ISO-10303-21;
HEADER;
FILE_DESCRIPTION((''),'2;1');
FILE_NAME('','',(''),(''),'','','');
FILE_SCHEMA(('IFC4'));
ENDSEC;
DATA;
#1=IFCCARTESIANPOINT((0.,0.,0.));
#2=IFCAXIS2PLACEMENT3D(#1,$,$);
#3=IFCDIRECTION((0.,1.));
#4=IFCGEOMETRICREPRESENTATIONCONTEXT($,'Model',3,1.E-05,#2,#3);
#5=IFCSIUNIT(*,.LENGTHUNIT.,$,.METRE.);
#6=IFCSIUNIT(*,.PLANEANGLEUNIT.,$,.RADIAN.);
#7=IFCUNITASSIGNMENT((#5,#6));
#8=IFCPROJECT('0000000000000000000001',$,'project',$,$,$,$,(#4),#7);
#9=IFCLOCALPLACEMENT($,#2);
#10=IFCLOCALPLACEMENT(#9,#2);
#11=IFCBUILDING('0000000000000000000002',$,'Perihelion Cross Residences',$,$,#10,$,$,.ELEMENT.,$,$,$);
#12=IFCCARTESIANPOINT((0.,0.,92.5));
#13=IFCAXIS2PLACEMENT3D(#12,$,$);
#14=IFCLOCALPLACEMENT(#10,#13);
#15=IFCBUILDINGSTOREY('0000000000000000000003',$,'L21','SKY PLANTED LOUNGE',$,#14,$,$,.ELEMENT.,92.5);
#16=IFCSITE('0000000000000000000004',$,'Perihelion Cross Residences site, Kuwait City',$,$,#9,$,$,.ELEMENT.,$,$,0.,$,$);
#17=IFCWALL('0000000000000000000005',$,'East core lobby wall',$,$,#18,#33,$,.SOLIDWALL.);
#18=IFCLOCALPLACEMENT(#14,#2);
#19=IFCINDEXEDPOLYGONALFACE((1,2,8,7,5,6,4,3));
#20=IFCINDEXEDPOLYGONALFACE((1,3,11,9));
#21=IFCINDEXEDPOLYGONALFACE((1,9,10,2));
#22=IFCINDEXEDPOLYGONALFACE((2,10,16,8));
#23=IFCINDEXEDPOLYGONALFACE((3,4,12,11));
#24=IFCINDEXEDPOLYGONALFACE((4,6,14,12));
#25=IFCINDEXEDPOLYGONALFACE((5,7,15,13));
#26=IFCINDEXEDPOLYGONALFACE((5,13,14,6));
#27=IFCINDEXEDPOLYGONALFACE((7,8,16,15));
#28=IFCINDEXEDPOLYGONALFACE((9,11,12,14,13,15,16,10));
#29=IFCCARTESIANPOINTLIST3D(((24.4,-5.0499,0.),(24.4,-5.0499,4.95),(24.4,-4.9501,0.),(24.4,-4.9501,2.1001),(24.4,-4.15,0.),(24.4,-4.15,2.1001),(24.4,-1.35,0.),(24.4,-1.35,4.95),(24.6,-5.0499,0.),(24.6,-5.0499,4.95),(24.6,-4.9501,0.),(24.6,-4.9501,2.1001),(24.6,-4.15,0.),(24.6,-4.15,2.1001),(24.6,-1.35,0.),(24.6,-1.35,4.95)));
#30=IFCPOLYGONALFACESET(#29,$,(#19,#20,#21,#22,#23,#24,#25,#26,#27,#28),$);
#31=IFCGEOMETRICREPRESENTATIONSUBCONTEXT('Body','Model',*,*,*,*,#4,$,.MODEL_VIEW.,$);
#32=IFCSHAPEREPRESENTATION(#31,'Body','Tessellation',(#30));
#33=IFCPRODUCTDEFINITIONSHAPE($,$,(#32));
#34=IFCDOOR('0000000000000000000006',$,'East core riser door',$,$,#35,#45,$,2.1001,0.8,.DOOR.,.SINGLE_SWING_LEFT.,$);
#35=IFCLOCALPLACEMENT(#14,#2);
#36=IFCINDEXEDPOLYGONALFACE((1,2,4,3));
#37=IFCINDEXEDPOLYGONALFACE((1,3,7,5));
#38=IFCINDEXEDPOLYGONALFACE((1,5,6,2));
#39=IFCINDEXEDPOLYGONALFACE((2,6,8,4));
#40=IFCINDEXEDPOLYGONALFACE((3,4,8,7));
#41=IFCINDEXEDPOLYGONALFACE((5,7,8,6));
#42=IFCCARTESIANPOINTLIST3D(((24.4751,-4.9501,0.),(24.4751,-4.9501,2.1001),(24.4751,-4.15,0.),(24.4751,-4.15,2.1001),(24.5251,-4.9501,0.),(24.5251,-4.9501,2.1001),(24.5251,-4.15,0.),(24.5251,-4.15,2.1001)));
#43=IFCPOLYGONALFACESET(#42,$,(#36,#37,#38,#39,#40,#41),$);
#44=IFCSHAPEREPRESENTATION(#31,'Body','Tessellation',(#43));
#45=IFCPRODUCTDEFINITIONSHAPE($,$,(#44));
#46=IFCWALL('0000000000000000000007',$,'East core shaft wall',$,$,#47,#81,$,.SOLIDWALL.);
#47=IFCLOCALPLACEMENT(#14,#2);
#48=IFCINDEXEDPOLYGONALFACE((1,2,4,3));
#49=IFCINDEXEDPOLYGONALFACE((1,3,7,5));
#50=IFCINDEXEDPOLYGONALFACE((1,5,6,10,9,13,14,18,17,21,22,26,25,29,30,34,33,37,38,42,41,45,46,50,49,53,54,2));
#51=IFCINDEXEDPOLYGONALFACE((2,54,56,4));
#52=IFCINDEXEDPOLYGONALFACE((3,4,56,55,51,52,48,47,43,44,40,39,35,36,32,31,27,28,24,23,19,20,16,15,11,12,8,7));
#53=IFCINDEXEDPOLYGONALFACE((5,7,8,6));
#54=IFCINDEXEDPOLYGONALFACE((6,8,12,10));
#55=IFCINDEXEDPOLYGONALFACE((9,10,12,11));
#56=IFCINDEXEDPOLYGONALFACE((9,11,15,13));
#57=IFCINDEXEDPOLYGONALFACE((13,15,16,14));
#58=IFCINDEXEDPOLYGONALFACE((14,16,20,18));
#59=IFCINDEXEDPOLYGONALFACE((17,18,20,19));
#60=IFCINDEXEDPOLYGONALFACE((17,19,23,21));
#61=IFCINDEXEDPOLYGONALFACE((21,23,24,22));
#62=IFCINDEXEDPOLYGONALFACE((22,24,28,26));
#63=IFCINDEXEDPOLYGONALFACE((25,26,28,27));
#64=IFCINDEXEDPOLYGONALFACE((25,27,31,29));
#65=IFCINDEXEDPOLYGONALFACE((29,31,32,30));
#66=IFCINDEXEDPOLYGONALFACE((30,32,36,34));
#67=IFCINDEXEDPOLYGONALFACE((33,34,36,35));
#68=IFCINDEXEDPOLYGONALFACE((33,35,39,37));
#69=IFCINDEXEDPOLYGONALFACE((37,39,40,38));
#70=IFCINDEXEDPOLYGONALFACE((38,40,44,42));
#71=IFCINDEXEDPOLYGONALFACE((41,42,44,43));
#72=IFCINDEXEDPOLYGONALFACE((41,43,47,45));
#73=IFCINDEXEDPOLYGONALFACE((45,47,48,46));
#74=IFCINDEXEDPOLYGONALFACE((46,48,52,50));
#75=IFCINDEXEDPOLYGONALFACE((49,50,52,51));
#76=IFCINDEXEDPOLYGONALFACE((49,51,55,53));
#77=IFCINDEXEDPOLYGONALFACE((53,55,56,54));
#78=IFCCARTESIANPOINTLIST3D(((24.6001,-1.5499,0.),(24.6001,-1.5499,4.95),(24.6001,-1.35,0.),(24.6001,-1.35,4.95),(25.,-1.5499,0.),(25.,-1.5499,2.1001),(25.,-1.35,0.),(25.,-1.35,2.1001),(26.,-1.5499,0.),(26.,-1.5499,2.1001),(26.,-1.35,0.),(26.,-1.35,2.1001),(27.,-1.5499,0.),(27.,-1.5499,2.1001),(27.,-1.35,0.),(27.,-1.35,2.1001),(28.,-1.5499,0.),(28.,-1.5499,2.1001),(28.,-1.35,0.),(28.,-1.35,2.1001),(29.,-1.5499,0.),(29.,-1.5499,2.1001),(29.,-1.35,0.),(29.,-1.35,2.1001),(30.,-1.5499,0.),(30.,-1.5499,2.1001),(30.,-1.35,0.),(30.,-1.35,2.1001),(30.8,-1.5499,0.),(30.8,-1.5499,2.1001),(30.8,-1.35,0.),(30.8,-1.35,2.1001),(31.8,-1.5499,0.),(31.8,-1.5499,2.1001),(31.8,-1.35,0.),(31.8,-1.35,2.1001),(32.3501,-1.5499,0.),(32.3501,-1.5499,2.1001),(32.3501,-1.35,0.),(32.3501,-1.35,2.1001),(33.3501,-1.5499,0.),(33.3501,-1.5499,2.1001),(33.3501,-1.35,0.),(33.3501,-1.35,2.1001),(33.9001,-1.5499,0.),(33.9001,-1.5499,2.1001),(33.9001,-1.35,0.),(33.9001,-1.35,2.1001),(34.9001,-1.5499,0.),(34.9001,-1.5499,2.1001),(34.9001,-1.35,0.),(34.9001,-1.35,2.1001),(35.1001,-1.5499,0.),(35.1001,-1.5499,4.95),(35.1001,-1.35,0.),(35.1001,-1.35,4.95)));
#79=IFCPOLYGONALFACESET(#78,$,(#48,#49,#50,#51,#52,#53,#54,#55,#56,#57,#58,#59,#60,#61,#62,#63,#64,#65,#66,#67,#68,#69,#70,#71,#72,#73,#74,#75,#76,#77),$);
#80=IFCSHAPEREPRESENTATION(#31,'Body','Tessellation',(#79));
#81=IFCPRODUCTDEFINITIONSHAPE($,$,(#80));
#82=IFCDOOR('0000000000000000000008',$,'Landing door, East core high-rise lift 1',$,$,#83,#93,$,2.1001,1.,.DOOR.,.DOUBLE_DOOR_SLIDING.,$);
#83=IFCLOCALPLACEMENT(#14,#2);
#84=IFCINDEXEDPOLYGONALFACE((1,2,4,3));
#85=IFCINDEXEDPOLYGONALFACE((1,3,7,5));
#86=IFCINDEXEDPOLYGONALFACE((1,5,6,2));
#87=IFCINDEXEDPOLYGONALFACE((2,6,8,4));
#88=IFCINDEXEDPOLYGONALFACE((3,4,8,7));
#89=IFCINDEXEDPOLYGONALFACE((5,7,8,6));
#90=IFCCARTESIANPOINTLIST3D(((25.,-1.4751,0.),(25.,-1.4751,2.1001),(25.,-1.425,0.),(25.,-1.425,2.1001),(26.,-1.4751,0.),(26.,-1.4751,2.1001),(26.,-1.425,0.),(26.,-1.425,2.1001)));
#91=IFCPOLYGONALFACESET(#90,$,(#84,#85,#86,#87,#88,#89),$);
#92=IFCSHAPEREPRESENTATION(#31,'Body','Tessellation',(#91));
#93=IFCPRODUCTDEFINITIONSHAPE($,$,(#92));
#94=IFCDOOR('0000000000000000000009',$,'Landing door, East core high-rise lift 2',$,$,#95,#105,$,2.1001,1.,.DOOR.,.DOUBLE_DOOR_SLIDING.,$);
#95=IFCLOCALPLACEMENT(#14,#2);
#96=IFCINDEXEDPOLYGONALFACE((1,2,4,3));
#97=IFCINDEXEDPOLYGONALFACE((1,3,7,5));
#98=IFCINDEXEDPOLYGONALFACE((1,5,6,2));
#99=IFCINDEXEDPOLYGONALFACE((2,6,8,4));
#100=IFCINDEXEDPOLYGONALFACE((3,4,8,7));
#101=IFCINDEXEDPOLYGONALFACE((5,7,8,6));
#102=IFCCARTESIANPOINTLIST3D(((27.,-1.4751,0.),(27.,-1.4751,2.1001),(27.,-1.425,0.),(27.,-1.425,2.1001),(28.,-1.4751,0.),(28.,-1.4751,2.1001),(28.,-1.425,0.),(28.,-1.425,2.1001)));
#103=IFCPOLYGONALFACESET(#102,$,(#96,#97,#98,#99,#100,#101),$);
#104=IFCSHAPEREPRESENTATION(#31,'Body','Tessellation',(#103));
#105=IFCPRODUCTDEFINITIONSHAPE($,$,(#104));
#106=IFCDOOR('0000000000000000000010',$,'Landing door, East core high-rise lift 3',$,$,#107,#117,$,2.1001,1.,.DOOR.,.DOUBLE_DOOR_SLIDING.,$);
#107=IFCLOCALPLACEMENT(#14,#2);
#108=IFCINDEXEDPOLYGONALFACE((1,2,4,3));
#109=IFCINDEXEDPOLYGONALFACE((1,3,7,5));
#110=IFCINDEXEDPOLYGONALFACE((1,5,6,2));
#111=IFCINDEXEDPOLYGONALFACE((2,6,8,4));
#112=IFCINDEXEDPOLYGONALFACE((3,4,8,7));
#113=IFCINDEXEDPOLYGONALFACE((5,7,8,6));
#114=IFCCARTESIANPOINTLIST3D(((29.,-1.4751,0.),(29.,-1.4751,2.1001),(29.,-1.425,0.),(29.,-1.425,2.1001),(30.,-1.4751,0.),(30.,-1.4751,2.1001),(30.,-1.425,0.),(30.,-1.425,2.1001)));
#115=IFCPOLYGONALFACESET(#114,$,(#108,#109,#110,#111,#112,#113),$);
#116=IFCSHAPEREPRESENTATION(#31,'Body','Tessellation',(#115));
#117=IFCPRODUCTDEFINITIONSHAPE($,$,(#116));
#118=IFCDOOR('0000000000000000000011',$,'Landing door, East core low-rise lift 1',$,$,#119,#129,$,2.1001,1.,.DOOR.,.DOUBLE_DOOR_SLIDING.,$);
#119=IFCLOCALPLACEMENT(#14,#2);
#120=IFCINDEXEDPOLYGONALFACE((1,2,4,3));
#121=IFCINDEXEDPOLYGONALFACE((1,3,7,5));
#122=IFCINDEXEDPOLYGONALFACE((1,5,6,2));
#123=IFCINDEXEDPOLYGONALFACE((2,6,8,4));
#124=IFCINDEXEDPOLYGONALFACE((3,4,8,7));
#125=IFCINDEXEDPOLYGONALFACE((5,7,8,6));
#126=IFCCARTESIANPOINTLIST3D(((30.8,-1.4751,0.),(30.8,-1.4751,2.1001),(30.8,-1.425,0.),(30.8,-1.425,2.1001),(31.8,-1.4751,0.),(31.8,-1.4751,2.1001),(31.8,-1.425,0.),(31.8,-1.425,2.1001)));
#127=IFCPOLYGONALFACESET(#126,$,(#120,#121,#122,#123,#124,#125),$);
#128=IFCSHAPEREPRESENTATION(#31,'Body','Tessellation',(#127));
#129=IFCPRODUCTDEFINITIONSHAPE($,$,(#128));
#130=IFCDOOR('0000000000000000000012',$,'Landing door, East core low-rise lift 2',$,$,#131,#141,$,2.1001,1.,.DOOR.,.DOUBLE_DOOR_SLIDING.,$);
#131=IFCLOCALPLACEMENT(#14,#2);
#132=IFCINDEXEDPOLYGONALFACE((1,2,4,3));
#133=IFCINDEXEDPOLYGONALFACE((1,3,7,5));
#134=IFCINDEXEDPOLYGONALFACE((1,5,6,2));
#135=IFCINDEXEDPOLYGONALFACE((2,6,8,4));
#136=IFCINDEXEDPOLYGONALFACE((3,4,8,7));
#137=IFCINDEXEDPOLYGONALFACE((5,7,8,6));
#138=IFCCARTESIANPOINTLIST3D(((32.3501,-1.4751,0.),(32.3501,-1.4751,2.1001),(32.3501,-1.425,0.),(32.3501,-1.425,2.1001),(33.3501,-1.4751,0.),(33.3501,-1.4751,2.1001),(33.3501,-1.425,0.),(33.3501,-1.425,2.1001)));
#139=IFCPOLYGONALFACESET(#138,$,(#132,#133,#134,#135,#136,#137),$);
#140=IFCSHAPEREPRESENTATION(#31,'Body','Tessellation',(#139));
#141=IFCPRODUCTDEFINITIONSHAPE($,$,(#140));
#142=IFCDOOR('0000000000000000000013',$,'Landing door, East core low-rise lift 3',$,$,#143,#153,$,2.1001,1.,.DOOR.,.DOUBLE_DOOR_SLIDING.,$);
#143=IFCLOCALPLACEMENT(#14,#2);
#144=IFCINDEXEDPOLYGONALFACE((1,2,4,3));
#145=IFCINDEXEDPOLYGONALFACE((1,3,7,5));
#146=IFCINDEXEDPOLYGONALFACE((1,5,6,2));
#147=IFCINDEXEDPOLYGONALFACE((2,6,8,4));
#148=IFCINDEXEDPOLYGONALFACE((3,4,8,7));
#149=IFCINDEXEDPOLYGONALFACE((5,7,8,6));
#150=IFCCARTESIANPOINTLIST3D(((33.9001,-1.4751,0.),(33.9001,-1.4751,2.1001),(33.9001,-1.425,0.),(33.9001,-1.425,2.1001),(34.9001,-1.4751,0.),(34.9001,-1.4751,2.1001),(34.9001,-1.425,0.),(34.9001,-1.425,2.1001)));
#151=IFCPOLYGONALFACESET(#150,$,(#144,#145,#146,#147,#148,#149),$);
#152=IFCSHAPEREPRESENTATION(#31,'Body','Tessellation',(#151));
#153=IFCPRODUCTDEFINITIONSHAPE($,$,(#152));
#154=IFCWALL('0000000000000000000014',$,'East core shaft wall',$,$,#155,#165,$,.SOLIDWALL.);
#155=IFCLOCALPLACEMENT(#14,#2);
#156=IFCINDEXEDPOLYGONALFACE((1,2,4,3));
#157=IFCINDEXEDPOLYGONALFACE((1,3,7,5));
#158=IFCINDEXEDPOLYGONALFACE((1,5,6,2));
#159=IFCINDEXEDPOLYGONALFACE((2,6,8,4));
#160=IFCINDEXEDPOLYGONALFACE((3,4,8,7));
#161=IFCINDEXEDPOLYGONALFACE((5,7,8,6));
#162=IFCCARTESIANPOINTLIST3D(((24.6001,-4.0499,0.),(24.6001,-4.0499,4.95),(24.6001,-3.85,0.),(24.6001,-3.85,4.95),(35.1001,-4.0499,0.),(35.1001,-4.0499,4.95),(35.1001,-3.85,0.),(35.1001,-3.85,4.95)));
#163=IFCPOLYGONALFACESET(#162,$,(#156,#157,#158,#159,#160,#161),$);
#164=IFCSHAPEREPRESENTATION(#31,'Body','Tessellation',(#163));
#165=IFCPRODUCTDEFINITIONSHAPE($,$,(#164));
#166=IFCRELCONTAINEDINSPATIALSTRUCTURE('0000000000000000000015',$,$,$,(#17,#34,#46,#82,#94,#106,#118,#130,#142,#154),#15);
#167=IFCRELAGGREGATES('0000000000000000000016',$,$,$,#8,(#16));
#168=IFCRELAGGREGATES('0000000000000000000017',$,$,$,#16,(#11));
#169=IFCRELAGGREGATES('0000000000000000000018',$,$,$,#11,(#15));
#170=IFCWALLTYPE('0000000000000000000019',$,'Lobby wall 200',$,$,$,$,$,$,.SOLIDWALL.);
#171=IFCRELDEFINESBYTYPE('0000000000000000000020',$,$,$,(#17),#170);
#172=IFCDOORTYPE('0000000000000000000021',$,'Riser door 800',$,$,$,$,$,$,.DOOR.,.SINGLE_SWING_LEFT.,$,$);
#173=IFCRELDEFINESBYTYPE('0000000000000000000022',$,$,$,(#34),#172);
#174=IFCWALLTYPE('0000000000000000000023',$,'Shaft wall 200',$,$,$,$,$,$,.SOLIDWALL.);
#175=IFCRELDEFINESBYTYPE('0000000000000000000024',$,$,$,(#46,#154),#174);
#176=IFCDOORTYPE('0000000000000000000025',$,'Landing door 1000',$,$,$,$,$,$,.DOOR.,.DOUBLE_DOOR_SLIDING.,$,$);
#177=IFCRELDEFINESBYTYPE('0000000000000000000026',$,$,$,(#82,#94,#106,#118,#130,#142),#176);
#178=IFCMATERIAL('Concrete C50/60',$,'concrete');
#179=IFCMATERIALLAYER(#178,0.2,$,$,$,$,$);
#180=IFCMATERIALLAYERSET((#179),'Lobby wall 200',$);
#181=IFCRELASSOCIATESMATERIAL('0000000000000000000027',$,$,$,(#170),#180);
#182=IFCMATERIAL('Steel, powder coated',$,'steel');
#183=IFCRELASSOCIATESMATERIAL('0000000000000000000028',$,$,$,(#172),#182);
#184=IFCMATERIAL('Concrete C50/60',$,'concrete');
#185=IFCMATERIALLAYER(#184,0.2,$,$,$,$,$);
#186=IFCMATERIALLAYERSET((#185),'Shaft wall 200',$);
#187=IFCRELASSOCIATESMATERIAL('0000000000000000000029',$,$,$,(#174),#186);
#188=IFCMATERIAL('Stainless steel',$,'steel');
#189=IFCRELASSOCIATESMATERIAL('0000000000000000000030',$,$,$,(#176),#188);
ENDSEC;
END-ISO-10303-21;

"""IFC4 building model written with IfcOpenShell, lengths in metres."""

from ifc_helpers import new_model, si_unit, direction, frame, frame_2d, origin, place, context, subcontext, project, spatial, rectangle, extrude, material, layer, layer_set, type_object, element, fill, save


model = new_model("IFC4")

# Units and contexts
model_context = context("Model", 3, precision=1e-05, world=origin(), true_north=direction((0.0, 1.0)))
body_context = subcontext(model_context, "Body", "Model", "MODEL_VIEW")
ifc_project = project(units=[si_unit("LENGTHUNIT", "METRE"), si_unit("PLANEANGLEUNIT", "RADIAN")], contexts=[model_context])

# Site, building, storey
site_placement = place(None, origin())
site = spatial("IfcSite", under=ifc_project, at=site_placement, Name="Perihelion Cross Residences site, Kuwait City", CompositionType="ELEMENT", RefElevation=0.0)
building_placement = place(site_placement, origin())
building = spatial("IfcBuilding", under=site, at=building_placement, Name="Perihelion Cross Residences", CompositionType="ELEMENT")
storey_placement = place(building_placement, frame((0.0, 0.0, 92.5)))
storey = spatial("IfcBuildingStorey", under=building, at=storey_placement, Name="L21", Description="SKY PLANTED LOUNGE", CompositionType="ELEMENT", Elevation=92.5)

# Wall, opening, door
ifc_material_1 = material(Name="Concrete C50/60", Category="concrete")
ifc_layer_1 = layer(ifc_material_1, 0.2)
ifc_layer_set_1 = layer_set([ifc_layer_1], Name="Lobby wall 200")
wall_type_1 = type_object("IfcWallType", Name="Lobby wall 200", PredefinedType="SOLIDWALL", material=ifc_layer_set_1)
wall_1_placement = place(storey_placement, frame((24.5, -5.05, 0.0), z_axis=(0.0, 0.0, 1.0), x_axis=(0.0, 1.0, 0.0)))
wall_1 = element("IfcWall", 1, at=wall_1_placement, inside=storey, type_object=wall_type_1, Name="East core lobby wall", PredefinedType="SOLIDWALL", context=body_context, shape_type="SweptSolid", body=[
    extrude(rectangle(XDim=3.7, YDim=0.2, at=frame_2d((1.8501, 0.0))), origin(), (0.0, 0.0, 1.0), 4.95),
])
opening_1_placement = place(wall_1_placement, frame((0.1001, 0.0, 0.0)))
opening_1 = element("IfcOpeningElement", 2, at=opening_1_placement, cuts=wall_1, PredefinedType="OPENING", context=body_context, shape_type="SweptSolid", body=[
    extrude(rectangle(XDim=0.8, YDim=2.1001, at=frame_2d((0.3999, 1.05))), frame((0.0, 0.1099, 0.0), z_axis=(0.0, -1.0, 0.0), x_axis=(1.0, 0.0, 0.0)), (0.0, 0.0, 1.0), 0.22),
])
ifc_material_2 = material(Name="Steel, powder coated", Category="steel")
door_type_1 = type_object("IfcDoorType", Name="Riser door 800", OperationType="SINGLE_SWING_LEFT", PredefinedType="DOOR", material=ifc_material_2)
door_1_placement = place(opening_1_placement, origin())
door_1 = element("IfcDoor", 3, at=door_1_placement, inside=storey, type_object=door_type_1, Name="East core riser door", OperationType="SINGLE_SWING_LEFT", OverallHeight=2.1001, OverallWidth=0.8, PredefinedType="DOOR", context=body_context, shape_type="SweptSolid", body=[
    extrude(rectangle(XDim=0.8, YDim=2.1001, at=frame_2d((0.3999, 1.05))), frame((0.0, 0.0249, 0.0), z_axis=(0.0, -1.0, 0.0), x_axis=(1.0, 0.0, 0.0)), (0.0, 0.0, 1.0), 0.05),
])
fill(opening_1, door_1)

# Wall, openings, doors
ifc_material_3 = material(Name="Concrete C50/60", Category="concrete")
ifc_layer_2 = layer(ifc_material_3, 0.2)
ifc_layer_set_2 = layer_set([ifc_layer_2], Name="Shaft wall 200")
wall_type_2 = type_object("IfcWallType", Name="Shaft wall 200", PredefinedType="SOLIDWALL", material=ifc_layer_set_2)
wall_2_placement = place(storey_placement, frame((24.6001, -1.45, 0.0), z_axis=(0.0, 0.0, 1.0), x_axis=(1.0, 0.0, 0.0)))
wall_2 = element("IfcWall", 4, at=wall_2_placement, inside=storey, type_object=wall_type_2, Name="East core shaft wall", PredefinedType="SOLIDWALL", context=body_context, shape_type="SweptSolid", body=[
    extrude(rectangle(XDim=10.5, YDim=0.2, at=frame_2d((5.25, 0.0))), origin(), (0.0, 0.0, 1.0), 4.95),
])
opening_2_placement = place(wall_2_placement, frame((0.3999, 0.0, 0.0)))
opening_2 = element("IfcOpeningElement", 5, at=opening_2_placement, cuts=wall_2, PredefinedType="OPENING", context=body_context, shape_type="SweptSolid", body=[
    extrude(rectangle(XDim=1.0, YDim=2.1001, at=frame_2d((0.5, 1.05))), frame((0.0, 0.1099, 0.0), z_axis=(0.0, -1.0, 0.0), x_axis=(1.0, 0.0, 0.0)), (0.0, 0.0, 1.0), 0.22),
])
opening_3_placement = place(wall_2_placement, frame((2.3999, 0.0, 0.0)))
opening_3 = element("IfcOpeningElement", 6, at=opening_3_placement, cuts=wall_2, PredefinedType="OPENING", context=body_context, shape_type="SweptSolid", body=[
    extrude(rectangle(XDim=1.0, YDim=2.1001, at=frame_2d((0.5, 1.05))), frame((0.0, 0.1099, 0.0), z_axis=(0.0, -1.0, 0.0), x_axis=(1.0, 0.0, 0.0)), (0.0, 0.0, 1.0), 0.22),
])
opening_4_placement = place(wall_2_placement, frame((4.3999, 0.0, 0.0)))
opening_4 = element("IfcOpeningElement", 7, at=opening_4_placement, cuts=wall_2, PredefinedType="OPENING", context=body_context, shape_type="SweptSolid", body=[
    extrude(rectangle(XDim=1.0, YDim=2.1001, at=frame_2d((0.5, 1.05))), frame((0.0, 0.1099, 0.0), z_axis=(0.0, -1.0, 0.0), x_axis=(1.0, 0.0, 0.0)), (0.0, 0.0, 1.0), 0.22),
])
opening_5_placement = place(wall_2_placement, frame((6.2, 0.0, 0.0)))
opening_5 = element("IfcOpeningElement", 8, at=opening_5_placement, cuts=wall_2, PredefinedType="OPENING", context=body_context, shape_type="SweptSolid", body=[
    extrude(rectangle(XDim=1.0, YDim=2.1001, at=frame_2d((0.5, 1.05))), frame((0.0, 0.1099, 0.0), z_axis=(0.0, -1.0, 0.0), x_axis=(1.0, 0.0, 0.0)), (0.0, 0.0, 1.0), 0.22),
])
opening_6_placement = place(wall_2_placement, frame((7.75, 0.0, 0.0)))
opening_6 = element("IfcOpeningElement", 9, at=opening_6_placement, cuts=wall_2, PredefinedType="OPENING", context=body_context, shape_type="SweptSolid", body=[
    extrude(rectangle(XDim=1.0, YDim=2.1001, at=frame_2d((0.5, 1.05))), frame((0.0, 0.1099, 0.0), z_axis=(0.0, -1.0, 0.0), x_axis=(1.0, 0.0, 0.0)), (0.0, 0.0, 1.0), 0.22),
])
opening_7_placement = place(wall_2_placement, frame((9.3, 0.0, 0.0)))
opening_7 = element("IfcOpeningElement", 10, at=opening_7_placement, cuts=wall_2, PredefinedType="OPENING", context=body_context, shape_type="SweptSolid", body=[
    extrude(rectangle(XDim=1.0, YDim=2.1001, at=frame_2d((0.5, 1.05))), frame((0.0, 0.1099, 0.0), z_axis=(0.0, -1.0, 0.0), x_axis=(1.0, 0.0, 0.0)), (0.0, 0.0, 1.0), 0.22),
])
ifc_material_4 = material(Name="Stainless steel", Category="steel")
door_type_2 = type_object("IfcDoorType", Name="Landing door 1000", OperationType="DOUBLE_DOOR_SLIDING", PredefinedType="DOOR", material=ifc_material_4)
door_2_placement = place(opening_2_placement, origin())
door_2 = element("IfcDoor", 11, at=door_2_placement, inside=storey, type_object=door_type_2, Name="Landing door, East core high-rise lift 1", OperationType="DOUBLE_DOOR_SLIDING", OverallHeight=2.1001, OverallWidth=1.0, PredefinedType="DOOR", context=body_context, shape_type="SweptSolid", body=[
    extrude(rectangle(XDim=1.0, YDim=2.1001, at=frame_2d((0.5, 1.05))), frame((0.0, 0.0249, 0.0), z_axis=(0.0, -1.0, 0.0), x_axis=(1.0, 0.0, 0.0)), (0.0, 0.0, 1.0), 0.05),
])
fill(opening_2, door_2)
door_3_placement = place(opening_3_placement, origin())
door_3 = element("IfcDoor", 12, at=door_3_placement, inside=storey, type_object=door_type_2, Name="Landing door, East core high-rise lift 2", OperationType="DOUBLE_DOOR_SLIDING", OverallHeight=2.1001, OverallWidth=1.0, PredefinedType="DOOR", context=body_context, shape_type="SweptSolid", body=[
    extrude(rectangle(XDim=1.0, YDim=2.1001, at=frame_2d((0.5, 1.05))), frame((0.0, 0.0249, 0.0), z_axis=(0.0, -1.0, 0.0), x_axis=(1.0, 0.0, 0.0)), (0.0, 0.0, 1.0), 0.05),
])
fill(opening_3, door_3)
door_4_placement = place(opening_4_placement, origin())
door_4 = element("IfcDoor", 13, at=door_4_placement, inside=storey, type_object=door_type_2, Name="Landing door, East core high-rise lift 3", OperationType="DOUBLE_DOOR_SLIDING", OverallHeight=2.1001, OverallWidth=1.0, PredefinedType="DOOR", context=body_context, shape_type="SweptSolid", body=[
    extrude(rectangle(XDim=1.0, YDim=2.1001, at=frame_2d((0.5, 1.05))), frame((0.0, 0.0249, 0.0), z_axis=(0.0, -1.0, 0.0), x_axis=(1.0, 0.0, 0.0)), (0.0, 0.0, 1.0), 0.05),
])
fill(opening_4, door_4)
door_5_placement = place(opening_5_placement, origin())
door_5 = element("IfcDoor", 14, at=door_5_placement, inside=storey, type_object=door_type_2, Name="Landing door, East core low-rise lift 1", OperationType="DOUBLE_DOOR_SLIDING", OverallHeight=2.1001, OverallWidth=1.0, PredefinedType="DOOR", context=body_context, shape_type="SweptSolid", body=[
    extrude(rectangle(XDim=1.0, YDim=2.1001, at=frame_2d((0.5, 1.05))), frame((0.0, 0.0249, 0.0), z_axis=(0.0, -1.0, 0.0), x_axis=(1.0, 0.0, 0.0)), (0.0, 0.0, 1.0), 0.05),
])
fill(opening_5, door_5)
door_6_placement = place(opening_6_placement, origin())
door_6 = element("IfcDoor", 15, at=door_6_placement, inside=storey, type_object=door_type_2, Name="Landing door, East core low-rise lift 2", OperationType="DOUBLE_DOOR_SLIDING", OverallHeight=2.1001, OverallWidth=1.0, PredefinedType="DOOR", context=body_context, shape_type="SweptSolid", body=[
    extrude(rectangle(XDim=1.0, YDim=2.1001, at=frame_2d((0.5, 1.05))), frame((0.0, 0.0249, 0.0), z_axis=(0.0, -1.0, 0.0), x_axis=(1.0, 0.0, 0.0)), (0.0, 0.0, 1.0), 0.05),
])
fill(opening_6, door_6)
door_7_placement = place(opening_7_placement, origin())
door_7 = element("IfcDoor", 16, at=door_7_placement, inside=storey, type_object=door_type_2, Name="Landing door, East core low-rise lift 3", OperationType="DOUBLE_DOOR_SLIDING", OverallHeight=2.1001, OverallWidth=1.0, PredefinedType="DOOR", context=body_context, shape_type="SweptSolid", body=[
    extrude(rectangle(XDim=1.0, YDim=2.1001, at=frame_2d((0.5, 1.05))), frame((0.0, 0.0249, 0.0), z_axis=(0.0, -1.0, 0.0), x_axis=(1.0, 0.0, 0.0)), (0.0, 0.0, 1.0), 0.05),
])
fill(opening_7, door_7)

# Wall
wall_3_placement = place(storey_placement, frame((24.6001, -3.95, 0.0), z_axis=(0.0, 0.0, 1.0), x_axis=(1.0, 0.0, 0.0)))
element("IfcWall", 17, at=wall_3_placement, inside=storey, type_object=wall_type_2, Name="East core shaft wall", PredefinedType="SOLIDWALL", context=body_context, shape_type="SweptSolid", body=[
    extrude(rectangle(XDim=10.5, YDim=0.2, at=frame_2d((5.25, 0.0))), origin(), (0.0, 0.0, 1.0), 4.95),
])

save(model, "model.ifc")
